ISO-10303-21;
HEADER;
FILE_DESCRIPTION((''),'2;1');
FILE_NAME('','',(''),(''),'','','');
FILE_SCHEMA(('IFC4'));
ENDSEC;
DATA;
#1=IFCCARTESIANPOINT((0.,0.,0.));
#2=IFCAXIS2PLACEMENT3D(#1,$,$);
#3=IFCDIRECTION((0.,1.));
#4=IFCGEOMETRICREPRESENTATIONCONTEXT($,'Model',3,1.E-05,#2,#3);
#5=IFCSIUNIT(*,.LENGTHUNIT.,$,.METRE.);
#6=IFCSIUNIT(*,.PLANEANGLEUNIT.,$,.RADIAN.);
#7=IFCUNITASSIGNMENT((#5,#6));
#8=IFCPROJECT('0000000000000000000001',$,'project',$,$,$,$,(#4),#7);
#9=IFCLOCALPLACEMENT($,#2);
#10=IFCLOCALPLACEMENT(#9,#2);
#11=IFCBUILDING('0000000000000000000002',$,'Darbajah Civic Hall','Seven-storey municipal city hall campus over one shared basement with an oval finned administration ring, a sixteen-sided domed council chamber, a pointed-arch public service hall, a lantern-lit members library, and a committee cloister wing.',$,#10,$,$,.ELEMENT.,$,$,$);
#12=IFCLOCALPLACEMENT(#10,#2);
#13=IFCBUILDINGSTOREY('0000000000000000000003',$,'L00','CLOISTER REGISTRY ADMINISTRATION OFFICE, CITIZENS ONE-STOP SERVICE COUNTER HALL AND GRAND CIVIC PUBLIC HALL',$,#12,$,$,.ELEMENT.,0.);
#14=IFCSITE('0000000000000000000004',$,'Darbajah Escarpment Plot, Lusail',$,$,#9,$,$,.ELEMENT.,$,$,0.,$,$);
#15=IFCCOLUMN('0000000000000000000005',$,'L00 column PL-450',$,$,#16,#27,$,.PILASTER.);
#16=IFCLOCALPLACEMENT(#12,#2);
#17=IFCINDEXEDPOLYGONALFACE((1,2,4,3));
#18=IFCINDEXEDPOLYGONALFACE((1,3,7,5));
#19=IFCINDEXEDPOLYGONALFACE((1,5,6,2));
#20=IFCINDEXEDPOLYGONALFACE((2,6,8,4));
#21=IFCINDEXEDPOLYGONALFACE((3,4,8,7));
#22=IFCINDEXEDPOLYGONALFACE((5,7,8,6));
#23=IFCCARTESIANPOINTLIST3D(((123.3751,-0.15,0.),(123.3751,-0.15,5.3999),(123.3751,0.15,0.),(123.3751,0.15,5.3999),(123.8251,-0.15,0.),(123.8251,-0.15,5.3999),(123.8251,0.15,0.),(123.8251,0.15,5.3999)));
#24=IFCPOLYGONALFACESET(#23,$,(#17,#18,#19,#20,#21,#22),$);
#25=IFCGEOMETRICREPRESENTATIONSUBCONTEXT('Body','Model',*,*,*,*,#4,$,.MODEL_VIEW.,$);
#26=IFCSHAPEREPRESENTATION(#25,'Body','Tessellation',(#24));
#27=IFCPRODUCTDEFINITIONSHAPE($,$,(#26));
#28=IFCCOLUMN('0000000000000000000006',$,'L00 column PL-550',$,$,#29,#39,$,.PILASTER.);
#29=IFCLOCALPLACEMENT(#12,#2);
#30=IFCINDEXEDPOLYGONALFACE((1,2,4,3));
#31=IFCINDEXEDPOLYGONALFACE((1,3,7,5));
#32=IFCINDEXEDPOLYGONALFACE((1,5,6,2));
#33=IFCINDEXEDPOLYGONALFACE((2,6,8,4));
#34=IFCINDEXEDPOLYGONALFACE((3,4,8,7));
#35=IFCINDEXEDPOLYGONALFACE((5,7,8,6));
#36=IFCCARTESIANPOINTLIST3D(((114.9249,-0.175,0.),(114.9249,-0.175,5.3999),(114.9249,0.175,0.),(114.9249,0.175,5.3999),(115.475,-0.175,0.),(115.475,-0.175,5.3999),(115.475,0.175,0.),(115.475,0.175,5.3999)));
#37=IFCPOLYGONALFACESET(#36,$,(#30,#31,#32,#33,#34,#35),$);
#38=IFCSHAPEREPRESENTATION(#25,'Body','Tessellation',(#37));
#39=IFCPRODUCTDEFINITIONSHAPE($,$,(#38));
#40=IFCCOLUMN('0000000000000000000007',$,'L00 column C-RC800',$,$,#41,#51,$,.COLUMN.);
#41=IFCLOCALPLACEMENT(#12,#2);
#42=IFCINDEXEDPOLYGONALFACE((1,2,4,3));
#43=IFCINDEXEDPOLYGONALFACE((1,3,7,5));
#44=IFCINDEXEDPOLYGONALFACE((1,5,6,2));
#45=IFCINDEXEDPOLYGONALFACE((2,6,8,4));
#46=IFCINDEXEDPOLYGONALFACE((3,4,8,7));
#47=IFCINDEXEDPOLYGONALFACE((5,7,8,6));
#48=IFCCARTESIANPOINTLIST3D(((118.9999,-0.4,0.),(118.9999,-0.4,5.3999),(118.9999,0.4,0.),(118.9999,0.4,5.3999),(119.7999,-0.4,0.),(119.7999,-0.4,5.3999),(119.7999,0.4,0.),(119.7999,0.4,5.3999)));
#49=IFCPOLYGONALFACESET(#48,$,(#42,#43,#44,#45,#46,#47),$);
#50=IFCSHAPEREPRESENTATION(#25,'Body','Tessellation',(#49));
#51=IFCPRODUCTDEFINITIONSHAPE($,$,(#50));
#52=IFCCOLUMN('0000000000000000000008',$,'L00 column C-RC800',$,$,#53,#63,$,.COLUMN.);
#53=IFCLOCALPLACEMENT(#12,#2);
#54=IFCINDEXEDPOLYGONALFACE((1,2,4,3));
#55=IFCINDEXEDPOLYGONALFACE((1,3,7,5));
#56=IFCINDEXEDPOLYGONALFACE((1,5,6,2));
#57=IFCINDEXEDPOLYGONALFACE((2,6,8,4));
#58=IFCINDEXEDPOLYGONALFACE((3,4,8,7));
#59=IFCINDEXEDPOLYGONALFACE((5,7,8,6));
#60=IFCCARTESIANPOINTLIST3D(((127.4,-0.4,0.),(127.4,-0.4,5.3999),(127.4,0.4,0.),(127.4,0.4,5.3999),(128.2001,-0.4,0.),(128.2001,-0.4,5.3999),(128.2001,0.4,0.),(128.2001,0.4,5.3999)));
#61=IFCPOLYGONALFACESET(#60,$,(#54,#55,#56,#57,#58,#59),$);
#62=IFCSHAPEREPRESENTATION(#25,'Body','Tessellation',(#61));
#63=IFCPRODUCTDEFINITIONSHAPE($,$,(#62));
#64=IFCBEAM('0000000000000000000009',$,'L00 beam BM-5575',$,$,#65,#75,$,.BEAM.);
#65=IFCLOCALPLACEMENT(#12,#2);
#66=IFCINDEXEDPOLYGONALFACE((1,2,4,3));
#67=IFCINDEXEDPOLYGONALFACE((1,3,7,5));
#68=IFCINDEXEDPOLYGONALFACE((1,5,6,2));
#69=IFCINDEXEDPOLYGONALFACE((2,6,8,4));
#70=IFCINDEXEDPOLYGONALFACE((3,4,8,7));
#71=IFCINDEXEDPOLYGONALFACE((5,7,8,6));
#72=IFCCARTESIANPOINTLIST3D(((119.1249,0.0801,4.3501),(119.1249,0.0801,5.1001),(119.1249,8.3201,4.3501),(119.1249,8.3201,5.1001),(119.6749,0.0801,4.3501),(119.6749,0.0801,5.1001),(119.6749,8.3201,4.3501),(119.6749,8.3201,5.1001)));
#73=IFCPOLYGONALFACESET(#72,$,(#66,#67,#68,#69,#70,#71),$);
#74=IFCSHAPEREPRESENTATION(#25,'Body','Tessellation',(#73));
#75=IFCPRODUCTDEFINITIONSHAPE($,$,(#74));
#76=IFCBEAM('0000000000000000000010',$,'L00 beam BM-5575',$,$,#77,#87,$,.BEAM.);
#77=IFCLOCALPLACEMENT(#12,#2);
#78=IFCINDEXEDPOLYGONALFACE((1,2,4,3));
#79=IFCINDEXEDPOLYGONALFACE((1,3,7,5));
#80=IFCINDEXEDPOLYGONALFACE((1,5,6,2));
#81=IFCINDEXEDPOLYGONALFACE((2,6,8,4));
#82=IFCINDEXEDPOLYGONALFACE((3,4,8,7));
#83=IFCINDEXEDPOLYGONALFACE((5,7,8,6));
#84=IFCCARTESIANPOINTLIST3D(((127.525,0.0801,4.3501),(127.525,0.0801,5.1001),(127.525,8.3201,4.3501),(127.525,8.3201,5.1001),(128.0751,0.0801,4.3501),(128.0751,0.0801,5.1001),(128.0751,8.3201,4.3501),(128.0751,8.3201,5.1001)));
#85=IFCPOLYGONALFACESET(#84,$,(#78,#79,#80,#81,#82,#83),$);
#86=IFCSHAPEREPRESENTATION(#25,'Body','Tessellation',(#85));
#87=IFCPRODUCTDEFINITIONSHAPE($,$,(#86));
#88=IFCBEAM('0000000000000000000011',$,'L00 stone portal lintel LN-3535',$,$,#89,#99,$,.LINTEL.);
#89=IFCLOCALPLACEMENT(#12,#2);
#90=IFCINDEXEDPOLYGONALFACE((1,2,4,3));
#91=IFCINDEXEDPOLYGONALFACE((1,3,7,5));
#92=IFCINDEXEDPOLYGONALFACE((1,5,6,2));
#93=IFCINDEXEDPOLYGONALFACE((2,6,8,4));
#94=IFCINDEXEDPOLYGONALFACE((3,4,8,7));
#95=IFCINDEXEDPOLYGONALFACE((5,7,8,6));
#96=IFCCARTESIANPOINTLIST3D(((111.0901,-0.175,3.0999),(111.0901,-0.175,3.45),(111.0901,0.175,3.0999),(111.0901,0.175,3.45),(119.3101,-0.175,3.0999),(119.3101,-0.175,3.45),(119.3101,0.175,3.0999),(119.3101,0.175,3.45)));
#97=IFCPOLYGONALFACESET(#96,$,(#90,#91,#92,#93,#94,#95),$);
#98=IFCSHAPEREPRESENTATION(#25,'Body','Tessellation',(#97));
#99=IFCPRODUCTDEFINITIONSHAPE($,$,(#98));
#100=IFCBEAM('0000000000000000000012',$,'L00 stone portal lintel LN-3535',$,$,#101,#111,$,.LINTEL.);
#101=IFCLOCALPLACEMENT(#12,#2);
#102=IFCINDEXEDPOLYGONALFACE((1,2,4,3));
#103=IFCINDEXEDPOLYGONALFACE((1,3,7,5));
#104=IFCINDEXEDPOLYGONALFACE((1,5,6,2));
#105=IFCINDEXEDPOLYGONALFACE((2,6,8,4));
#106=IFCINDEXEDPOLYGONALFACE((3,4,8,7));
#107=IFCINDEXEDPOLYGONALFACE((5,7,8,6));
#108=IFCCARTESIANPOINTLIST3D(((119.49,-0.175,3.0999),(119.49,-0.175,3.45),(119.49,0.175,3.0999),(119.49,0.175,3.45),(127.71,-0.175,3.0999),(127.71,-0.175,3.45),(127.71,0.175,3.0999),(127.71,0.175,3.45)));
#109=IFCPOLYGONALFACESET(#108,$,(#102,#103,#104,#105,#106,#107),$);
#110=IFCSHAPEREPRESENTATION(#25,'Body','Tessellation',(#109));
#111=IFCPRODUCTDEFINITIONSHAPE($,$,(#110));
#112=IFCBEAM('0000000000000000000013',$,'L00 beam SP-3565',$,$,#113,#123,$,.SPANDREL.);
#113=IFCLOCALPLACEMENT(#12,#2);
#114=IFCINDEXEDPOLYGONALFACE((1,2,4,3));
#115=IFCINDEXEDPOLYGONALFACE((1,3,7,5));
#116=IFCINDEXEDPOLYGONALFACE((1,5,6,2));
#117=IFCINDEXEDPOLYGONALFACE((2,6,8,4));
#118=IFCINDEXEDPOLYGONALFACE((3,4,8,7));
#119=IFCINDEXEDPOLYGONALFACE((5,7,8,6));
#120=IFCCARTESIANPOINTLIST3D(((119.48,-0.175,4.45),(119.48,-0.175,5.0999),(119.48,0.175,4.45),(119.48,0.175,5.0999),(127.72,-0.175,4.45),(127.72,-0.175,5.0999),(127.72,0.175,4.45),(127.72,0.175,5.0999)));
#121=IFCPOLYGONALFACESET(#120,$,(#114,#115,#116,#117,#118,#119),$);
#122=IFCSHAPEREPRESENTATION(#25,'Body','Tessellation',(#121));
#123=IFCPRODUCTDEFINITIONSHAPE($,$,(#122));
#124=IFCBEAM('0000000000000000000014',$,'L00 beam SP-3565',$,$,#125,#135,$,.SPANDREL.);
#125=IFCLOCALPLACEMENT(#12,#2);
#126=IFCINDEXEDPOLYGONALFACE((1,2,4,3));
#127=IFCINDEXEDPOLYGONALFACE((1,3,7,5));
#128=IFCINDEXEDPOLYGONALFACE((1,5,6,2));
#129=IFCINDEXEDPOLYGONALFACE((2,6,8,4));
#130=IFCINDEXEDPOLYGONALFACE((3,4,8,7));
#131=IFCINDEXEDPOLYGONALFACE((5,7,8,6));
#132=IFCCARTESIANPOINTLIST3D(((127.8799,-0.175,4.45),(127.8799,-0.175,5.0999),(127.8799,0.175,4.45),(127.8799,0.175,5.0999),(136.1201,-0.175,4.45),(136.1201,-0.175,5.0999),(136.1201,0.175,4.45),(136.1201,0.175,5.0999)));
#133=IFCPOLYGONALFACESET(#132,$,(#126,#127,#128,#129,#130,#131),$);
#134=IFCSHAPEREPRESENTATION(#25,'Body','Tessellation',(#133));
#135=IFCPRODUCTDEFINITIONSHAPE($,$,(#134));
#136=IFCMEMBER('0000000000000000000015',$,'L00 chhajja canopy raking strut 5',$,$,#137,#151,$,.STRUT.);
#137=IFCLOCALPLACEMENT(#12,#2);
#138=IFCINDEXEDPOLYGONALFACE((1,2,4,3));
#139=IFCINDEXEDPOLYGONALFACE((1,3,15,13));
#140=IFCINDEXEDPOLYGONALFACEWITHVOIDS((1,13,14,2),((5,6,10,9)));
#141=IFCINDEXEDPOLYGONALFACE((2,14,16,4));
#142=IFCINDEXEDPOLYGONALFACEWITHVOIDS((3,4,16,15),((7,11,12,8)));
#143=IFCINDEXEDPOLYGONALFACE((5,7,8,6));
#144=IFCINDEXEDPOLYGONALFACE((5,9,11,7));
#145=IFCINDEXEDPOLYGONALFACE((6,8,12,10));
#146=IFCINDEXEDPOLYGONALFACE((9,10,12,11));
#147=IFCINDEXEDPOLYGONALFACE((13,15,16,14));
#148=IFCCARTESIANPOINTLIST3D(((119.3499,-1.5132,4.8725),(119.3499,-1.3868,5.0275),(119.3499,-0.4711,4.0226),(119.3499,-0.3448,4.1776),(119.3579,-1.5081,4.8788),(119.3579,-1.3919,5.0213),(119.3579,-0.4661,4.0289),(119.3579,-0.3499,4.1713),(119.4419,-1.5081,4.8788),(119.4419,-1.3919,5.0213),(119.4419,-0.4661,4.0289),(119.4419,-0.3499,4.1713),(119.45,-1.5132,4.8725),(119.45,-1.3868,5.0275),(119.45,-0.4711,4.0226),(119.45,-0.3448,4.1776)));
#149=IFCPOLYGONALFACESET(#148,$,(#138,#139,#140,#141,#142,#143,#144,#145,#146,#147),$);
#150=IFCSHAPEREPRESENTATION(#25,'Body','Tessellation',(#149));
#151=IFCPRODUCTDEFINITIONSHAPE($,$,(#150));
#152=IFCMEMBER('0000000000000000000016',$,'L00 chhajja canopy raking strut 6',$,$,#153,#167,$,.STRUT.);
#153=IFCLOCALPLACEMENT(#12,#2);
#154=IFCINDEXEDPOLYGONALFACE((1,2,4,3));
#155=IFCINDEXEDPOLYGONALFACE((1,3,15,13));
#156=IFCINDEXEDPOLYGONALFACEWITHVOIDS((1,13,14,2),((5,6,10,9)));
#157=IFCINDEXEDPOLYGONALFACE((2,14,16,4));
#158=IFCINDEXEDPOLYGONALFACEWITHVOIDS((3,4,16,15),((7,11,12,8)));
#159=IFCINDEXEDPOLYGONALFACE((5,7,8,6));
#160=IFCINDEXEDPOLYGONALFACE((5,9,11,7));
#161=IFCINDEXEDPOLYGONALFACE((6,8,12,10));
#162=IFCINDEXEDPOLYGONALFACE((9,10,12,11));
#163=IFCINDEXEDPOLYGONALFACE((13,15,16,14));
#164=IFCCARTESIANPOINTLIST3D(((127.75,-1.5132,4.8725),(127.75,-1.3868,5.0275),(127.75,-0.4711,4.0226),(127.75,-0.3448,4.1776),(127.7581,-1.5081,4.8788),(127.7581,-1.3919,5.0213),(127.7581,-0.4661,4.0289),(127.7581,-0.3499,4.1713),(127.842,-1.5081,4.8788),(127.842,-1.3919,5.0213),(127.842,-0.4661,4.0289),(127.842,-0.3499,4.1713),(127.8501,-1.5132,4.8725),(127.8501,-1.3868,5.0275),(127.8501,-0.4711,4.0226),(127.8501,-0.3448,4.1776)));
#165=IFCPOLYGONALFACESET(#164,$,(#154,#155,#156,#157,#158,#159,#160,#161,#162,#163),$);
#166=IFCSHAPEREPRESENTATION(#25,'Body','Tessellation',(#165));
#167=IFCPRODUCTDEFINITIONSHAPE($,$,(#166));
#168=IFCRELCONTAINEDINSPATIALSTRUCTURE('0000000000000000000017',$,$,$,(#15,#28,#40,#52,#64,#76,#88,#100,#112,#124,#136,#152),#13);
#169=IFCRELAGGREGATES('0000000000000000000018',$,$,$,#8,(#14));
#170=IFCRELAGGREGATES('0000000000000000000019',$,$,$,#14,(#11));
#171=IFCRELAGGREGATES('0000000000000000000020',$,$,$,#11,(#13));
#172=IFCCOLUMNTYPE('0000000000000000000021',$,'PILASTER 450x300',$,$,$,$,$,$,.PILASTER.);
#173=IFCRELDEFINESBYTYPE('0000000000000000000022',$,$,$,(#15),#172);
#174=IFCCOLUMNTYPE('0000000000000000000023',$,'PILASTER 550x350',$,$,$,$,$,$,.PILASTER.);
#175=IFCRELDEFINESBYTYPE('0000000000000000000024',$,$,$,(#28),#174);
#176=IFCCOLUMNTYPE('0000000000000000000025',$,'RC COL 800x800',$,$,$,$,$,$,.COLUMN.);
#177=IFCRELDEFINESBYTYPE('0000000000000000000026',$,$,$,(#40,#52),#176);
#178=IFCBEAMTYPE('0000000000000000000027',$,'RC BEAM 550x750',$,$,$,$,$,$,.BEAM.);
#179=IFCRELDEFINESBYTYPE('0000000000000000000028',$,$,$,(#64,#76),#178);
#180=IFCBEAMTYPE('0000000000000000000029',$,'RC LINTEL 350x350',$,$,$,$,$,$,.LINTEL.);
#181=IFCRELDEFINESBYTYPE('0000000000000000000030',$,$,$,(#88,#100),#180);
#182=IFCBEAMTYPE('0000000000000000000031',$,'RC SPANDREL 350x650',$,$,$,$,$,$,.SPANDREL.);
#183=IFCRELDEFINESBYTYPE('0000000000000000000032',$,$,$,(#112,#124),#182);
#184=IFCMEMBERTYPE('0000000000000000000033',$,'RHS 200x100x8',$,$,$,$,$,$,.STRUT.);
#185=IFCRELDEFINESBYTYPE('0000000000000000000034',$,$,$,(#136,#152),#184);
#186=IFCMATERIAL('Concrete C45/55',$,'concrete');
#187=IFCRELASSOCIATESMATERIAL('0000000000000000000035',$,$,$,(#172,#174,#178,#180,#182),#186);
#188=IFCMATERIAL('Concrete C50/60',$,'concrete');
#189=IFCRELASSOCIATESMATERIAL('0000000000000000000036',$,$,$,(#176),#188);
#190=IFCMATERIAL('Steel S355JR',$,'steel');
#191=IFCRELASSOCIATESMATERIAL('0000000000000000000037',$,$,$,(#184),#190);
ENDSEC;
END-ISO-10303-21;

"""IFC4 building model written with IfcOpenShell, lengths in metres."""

from ifc_helpers import new_model, si_unit, direction, frame, origin, origin_2d, place, context, subcontext, project, spatial, rectangle, hollow_rectangle, extrude, material, material_profile, profile_set, type_object, element, save


model = new_model("IFC4")

# Units and contexts
model_context = context("Model", 3, precision=1e-05, world=origin(), true_north=direction((0.0, 1.0)))
body_context = subcontext(model_context, "Body", "Model", "MODEL_VIEW")
ifc_project = project(units=[si_unit("LENGTHUNIT", "METRE"), si_unit("PLANEANGLEUNIT", "RADIAN")], contexts=[model_context])

# Site, building, storey
site_placement = place(None, origin())
site = spatial("IfcSite", under=ifc_project, at=site_placement, Name="Darbajah Escarpment Plot, Lusail", CompositionType="ELEMENT", RefElevation=0.0)
building_placement = place(site_placement, origin())
building = spatial("IfcBuilding", under=site, at=building_placement, Name="Darbajah Civic Hall", Description="Seven-storey municipal city hall campus over one shared basement with an oval finned administration ring, a sixteen-sided domed council chamber, a pointed-arch public service hall, a lantern-lit members library, and a committee cloister wing.", CompositionType="ELEMENT")
storey_placement = place(building_placement, origin())
storey = spatial("IfcBuildingStorey", under=building, at=storey_placement, Name="L00", Description="CLOISTER REGISTRY ADMINISTRATION OFFICE, CITIZENS ONE-STOP SERVICE COUNTER HALL AND GRAND CIVIC PUBLIC HALL", CompositionType="ELEMENT", Elevation=0.0)

# Columns
ifc_material_1 = material(Name="Concrete C45/55", Category="concrete")
ifc_material_profile_1 = material_profile(ifc_material_1, rectangle(XDim=0.45, YDim=0.3, at=origin_2d()), Name="PILASTER 450x300")
ifc_profile_set_1 = profile_set([ifc_material_profile_1], Name="Concrete C45/55")
column_type_1 = type_object("IfcColumnType", Name="PILASTER 450x300", PredefinedType="PILASTER", material=ifc_profile_set_1)
column_1_placement = place(storey_placement, frame((123.6001, 0.0, 0.0), z_axis=(0.0, 0.0, 1.0), x_axis=(1.0, 0.0, 0.0)))
element("IfcColumn", 1, at=column_1_placement, inside=storey, type_object=column_type_1, Name="L00 column PL-450", PredefinedType="PILASTER", context=body_context, shape_type="SweptSolid", body=[
    extrude(rectangle(XDim=0.45, YDim=0.3, at=origin_2d()), origin(), (0.0, 0.0, 1.0), 5.3999),
])
ifc_material_profile_2 = material_profile(ifc_material_1, rectangle(XDim=0.55, YDim=0.3501, at=origin_2d()), Name="PILASTER 550x350")
ifc_profile_set_2 = profile_set([ifc_material_profile_2], Name="Concrete C45/55")
column_type_2 = type_object("IfcColumnType", Name="PILASTER 550x350", PredefinedType="PILASTER", material=ifc_profile_set_2)
column_2_placement = place(storey_placement, frame((115.2, 0.0, 0.0), z_axis=(0.0, 0.0, 1.0), x_axis=(1.0, 0.0, 0.0)))
element("IfcColumn", 2, at=column_2_placement, inside=storey, type_object=column_type_2, Name="L00 column PL-550", PredefinedType="PILASTER", context=body_context, shape_type="SweptSolid", body=[
    extrude(rectangle(XDim=0.55, YDim=0.3501, at=origin_2d()), origin(), (0.0, 0.0, 1.0), 5.3999),
])
ifc_material_2 = material(Name="Concrete C50/60", Category="concrete")
ifc_material_profile_3 = material_profile(ifc_material_2, rectangle(XDim=0.8, YDim=0.8, at=origin_2d()), Name="RC COL 800x800")
ifc_profile_set_3 = profile_set([ifc_material_profile_3], Name="Concrete C50/60")
column_type_3 = type_object("IfcColumnType", Name="RC COL 800x800", PredefinedType="COLUMN", material=ifc_profile_set_3)
for number, where, z_axis, x_axis, name in (
    (3, (119.3999, 0.0, 0.0), (0.0, 0.0, 1.0), (1.0, 0.0, 0.0), "L00 column C-RC800"),
    (4, (127.8, 0.0, 0.0), (0.0, 0.0, 1.0), (1.0, 0.0, 0.0), "L00 column C-RC800"),
):
    element("IfcColumn", number, at=place(storey_placement, frame(where, z_axis=z_axis, x_axis=x_axis)), inside=storey, type_object=column_type_3, Name=name, PredefinedType="COLUMN", context=body_context, shape_type="SweptSolid", body=[
        extrude(rectangle(XDim=0.8, YDim=0.8, at=origin_2d()), origin(), (0.0, 0.0, 1.0), 5.3999),
    ])

# Beams
ifc_material_profile_4 = material_profile(ifc_material_1, rectangle(XDim=0.55, YDim=0.75, at=origin_2d()), Name="RC BEAM 550x750")
ifc_profile_set_4 = profile_set([ifc_material_profile_4], Name="Concrete C45/55")
beam_type_1 = type_object("IfcBeamType", Name="RC BEAM 550x750", PredefinedType="BEAM", material=ifc_profile_set_4)
for number, where, z_axis, x_axis, name in (
    (5, (119.3999, 0.0801, 4.7251), (0.0, 1.0, 0.0), (-1.0, 0.0, 0.0), "L00 beam BM-5575"),
    (6, (127.8, 0.0801, 4.7251), (0.0, 1.0, 0.0), (-1.0, 0.0, 0.0), "L00 beam BM-5575"),
):
    element("IfcBeam", number, at=place(storey_placement, frame(where, z_axis=z_axis, x_axis=x_axis)), inside=storey, type_object=beam_type_1, Name=name, PredefinedType="BEAM", context=body_context, shape_type="SweptSolid", body=[
        extrude(rectangle(XDim=0.55, YDim=0.75, at=origin_2d()), origin(), (0.0, 0.0, 1.0), 8.24),
    ])
ifc_material_profile_5 = material_profile(ifc_material_1, rectangle(XDim=0.3501, YDim=0.3501, at=origin_2d()), Name="RC LINTEL 350x350")
ifc_profile_set_5 = profile_set([ifc_material_profile_5], Name="Concrete C45/55")
beam_type_2 = type_object("IfcBeamType", Name="RC LINTEL 350x350", PredefinedType="LINTEL", material=ifc_profile_set_5)
for number, where, z_axis, x_axis, name in (
    (7, (111.0901, 0.0, 3.2749), (1.0, 0.0, 0.0), (0.0, 1.0, 0.0), "L00 stone portal lintel LN-3535"),
    (8, (119.49, 0.0, 3.2749), (1.0, 0.0, 0.0), (0.0, 1.0, 0.0), "L00 stone portal lintel LN-3535"),
):
    element("IfcBeam", number, at=place(storey_placement, frame(where, z_axis=z_axis, x_axis=x_axis)), inside=storey, type_object=beam_type_2, Name=name, PredefinedType="LINTEL", context=body_context, shape_type="SweptSolid", body=[
        extrude(rectangle(XDim=0.3501, YDim=0.3501, at=origin_2d()), origin(), (0.0, 0.0, 1.0), 8.22),
    ])
ifc_material_profile_6 = material_profile(ifc_material_1, rectangle(XDim=0.3501, YDim=0.6499, at=origin_2d()), Name="RC SPANDREL 350x650")
ifc_profile_set_6 = profile_set([ifc_material_profile_6], Name="Concrete C45/55")
beam_type_3 = type_object("IfcBeamType", Name="RC SPANDREL 350x650", PredefinedType="SPANDREL", material=ifc_profile_set_6)
beam_1_placement = place(storey_placement, frame((119.48, 0.0, 4.7749), z_axis=(1.0, 0.0, 0.0), x_axis=(0.0, 1.0, 0.0)))
element("IfcBeam", 9, at=beam_1_placement, inside=storey, type_object=beam_type_3, Name="L00 beam SP-3565", PredefinedType="SPANDREL", context=body_context, shape_type="SweptSolid", body=[
    extrude(rectangle(XDim=0.3501, YDim=0.6499, at=origin_2d()), origin(), (0.0, 0.0, 1.0), 8.24),
])
beam_2_placement = place(storey_placement, frame((127.8799, 0.0, 4.7749), z_axis=(1.0, 0.0, 0.0), x_axis=(0.0, 1.0, 0.0)))
element("IfcBeam", 10, at=beam_2_placement, inside=storey, type_object=beam_type_3, Name="L00 beam SP-3565", PredefinedType="SPANDREL", context=body_context, shape_type="SweptSolid", body=[
    extrude(rectangle(XDim=0.3501, YDim=0.6499, at=origin_2d()), origin(), (0.0, 0.0, 1.0), 8.2402),
])

# Members
ifc_material_3 = material(Name="Steel S355JR", Category="steel")
ifc_material_profile_7 = material_profile(ifc_material_3, hollow_rectangle(XDim=0.1001, YDim=0.2, WallThickness=0.0081, at=origin_2d()), Name="RHS 200x100x8")
ifc_profile_set_7 = profile_set([ifc_material_profile_7], Name="Steel S355JR")
member_type = type_object("IfcMemberType", Name="RHS 200x100x8", PredefinedType="STRUT", material=ifc_profile_set_7)
for number, where, z_axis, x_axis, name in (
    (11, (119.3999, -0.408, 4.1001), (0.0, -0.774935, 0.632041), (1.0, 0.0, 0.0), "L00 chhajja canopy raking strut 5"),
    (12, (127.8, -0.408, 4.1001), (0.0, -0.774935, 0.632041), (1.0, 0.0, 0.0), "L00 chhajja canopy raking strut 6"),
):
    element("IfcMember", number, at=place(storey_placement, frame(where, z_axis=z_axis, x_axis=x_axis)), inside=storey, type_object=member_type, Name=name, PredefinedType="STRUT", context=body_context, shape_type="SweptSolid", body=[
        extrude(hollow_rectangle(XDim=0.1001, YDim=0.2, WallThickness=0.0081, at=origin_2d()), origin(), (0.0, 0.0, 1.0), 1.3447),
    ])

save(model, "model.ifc")
